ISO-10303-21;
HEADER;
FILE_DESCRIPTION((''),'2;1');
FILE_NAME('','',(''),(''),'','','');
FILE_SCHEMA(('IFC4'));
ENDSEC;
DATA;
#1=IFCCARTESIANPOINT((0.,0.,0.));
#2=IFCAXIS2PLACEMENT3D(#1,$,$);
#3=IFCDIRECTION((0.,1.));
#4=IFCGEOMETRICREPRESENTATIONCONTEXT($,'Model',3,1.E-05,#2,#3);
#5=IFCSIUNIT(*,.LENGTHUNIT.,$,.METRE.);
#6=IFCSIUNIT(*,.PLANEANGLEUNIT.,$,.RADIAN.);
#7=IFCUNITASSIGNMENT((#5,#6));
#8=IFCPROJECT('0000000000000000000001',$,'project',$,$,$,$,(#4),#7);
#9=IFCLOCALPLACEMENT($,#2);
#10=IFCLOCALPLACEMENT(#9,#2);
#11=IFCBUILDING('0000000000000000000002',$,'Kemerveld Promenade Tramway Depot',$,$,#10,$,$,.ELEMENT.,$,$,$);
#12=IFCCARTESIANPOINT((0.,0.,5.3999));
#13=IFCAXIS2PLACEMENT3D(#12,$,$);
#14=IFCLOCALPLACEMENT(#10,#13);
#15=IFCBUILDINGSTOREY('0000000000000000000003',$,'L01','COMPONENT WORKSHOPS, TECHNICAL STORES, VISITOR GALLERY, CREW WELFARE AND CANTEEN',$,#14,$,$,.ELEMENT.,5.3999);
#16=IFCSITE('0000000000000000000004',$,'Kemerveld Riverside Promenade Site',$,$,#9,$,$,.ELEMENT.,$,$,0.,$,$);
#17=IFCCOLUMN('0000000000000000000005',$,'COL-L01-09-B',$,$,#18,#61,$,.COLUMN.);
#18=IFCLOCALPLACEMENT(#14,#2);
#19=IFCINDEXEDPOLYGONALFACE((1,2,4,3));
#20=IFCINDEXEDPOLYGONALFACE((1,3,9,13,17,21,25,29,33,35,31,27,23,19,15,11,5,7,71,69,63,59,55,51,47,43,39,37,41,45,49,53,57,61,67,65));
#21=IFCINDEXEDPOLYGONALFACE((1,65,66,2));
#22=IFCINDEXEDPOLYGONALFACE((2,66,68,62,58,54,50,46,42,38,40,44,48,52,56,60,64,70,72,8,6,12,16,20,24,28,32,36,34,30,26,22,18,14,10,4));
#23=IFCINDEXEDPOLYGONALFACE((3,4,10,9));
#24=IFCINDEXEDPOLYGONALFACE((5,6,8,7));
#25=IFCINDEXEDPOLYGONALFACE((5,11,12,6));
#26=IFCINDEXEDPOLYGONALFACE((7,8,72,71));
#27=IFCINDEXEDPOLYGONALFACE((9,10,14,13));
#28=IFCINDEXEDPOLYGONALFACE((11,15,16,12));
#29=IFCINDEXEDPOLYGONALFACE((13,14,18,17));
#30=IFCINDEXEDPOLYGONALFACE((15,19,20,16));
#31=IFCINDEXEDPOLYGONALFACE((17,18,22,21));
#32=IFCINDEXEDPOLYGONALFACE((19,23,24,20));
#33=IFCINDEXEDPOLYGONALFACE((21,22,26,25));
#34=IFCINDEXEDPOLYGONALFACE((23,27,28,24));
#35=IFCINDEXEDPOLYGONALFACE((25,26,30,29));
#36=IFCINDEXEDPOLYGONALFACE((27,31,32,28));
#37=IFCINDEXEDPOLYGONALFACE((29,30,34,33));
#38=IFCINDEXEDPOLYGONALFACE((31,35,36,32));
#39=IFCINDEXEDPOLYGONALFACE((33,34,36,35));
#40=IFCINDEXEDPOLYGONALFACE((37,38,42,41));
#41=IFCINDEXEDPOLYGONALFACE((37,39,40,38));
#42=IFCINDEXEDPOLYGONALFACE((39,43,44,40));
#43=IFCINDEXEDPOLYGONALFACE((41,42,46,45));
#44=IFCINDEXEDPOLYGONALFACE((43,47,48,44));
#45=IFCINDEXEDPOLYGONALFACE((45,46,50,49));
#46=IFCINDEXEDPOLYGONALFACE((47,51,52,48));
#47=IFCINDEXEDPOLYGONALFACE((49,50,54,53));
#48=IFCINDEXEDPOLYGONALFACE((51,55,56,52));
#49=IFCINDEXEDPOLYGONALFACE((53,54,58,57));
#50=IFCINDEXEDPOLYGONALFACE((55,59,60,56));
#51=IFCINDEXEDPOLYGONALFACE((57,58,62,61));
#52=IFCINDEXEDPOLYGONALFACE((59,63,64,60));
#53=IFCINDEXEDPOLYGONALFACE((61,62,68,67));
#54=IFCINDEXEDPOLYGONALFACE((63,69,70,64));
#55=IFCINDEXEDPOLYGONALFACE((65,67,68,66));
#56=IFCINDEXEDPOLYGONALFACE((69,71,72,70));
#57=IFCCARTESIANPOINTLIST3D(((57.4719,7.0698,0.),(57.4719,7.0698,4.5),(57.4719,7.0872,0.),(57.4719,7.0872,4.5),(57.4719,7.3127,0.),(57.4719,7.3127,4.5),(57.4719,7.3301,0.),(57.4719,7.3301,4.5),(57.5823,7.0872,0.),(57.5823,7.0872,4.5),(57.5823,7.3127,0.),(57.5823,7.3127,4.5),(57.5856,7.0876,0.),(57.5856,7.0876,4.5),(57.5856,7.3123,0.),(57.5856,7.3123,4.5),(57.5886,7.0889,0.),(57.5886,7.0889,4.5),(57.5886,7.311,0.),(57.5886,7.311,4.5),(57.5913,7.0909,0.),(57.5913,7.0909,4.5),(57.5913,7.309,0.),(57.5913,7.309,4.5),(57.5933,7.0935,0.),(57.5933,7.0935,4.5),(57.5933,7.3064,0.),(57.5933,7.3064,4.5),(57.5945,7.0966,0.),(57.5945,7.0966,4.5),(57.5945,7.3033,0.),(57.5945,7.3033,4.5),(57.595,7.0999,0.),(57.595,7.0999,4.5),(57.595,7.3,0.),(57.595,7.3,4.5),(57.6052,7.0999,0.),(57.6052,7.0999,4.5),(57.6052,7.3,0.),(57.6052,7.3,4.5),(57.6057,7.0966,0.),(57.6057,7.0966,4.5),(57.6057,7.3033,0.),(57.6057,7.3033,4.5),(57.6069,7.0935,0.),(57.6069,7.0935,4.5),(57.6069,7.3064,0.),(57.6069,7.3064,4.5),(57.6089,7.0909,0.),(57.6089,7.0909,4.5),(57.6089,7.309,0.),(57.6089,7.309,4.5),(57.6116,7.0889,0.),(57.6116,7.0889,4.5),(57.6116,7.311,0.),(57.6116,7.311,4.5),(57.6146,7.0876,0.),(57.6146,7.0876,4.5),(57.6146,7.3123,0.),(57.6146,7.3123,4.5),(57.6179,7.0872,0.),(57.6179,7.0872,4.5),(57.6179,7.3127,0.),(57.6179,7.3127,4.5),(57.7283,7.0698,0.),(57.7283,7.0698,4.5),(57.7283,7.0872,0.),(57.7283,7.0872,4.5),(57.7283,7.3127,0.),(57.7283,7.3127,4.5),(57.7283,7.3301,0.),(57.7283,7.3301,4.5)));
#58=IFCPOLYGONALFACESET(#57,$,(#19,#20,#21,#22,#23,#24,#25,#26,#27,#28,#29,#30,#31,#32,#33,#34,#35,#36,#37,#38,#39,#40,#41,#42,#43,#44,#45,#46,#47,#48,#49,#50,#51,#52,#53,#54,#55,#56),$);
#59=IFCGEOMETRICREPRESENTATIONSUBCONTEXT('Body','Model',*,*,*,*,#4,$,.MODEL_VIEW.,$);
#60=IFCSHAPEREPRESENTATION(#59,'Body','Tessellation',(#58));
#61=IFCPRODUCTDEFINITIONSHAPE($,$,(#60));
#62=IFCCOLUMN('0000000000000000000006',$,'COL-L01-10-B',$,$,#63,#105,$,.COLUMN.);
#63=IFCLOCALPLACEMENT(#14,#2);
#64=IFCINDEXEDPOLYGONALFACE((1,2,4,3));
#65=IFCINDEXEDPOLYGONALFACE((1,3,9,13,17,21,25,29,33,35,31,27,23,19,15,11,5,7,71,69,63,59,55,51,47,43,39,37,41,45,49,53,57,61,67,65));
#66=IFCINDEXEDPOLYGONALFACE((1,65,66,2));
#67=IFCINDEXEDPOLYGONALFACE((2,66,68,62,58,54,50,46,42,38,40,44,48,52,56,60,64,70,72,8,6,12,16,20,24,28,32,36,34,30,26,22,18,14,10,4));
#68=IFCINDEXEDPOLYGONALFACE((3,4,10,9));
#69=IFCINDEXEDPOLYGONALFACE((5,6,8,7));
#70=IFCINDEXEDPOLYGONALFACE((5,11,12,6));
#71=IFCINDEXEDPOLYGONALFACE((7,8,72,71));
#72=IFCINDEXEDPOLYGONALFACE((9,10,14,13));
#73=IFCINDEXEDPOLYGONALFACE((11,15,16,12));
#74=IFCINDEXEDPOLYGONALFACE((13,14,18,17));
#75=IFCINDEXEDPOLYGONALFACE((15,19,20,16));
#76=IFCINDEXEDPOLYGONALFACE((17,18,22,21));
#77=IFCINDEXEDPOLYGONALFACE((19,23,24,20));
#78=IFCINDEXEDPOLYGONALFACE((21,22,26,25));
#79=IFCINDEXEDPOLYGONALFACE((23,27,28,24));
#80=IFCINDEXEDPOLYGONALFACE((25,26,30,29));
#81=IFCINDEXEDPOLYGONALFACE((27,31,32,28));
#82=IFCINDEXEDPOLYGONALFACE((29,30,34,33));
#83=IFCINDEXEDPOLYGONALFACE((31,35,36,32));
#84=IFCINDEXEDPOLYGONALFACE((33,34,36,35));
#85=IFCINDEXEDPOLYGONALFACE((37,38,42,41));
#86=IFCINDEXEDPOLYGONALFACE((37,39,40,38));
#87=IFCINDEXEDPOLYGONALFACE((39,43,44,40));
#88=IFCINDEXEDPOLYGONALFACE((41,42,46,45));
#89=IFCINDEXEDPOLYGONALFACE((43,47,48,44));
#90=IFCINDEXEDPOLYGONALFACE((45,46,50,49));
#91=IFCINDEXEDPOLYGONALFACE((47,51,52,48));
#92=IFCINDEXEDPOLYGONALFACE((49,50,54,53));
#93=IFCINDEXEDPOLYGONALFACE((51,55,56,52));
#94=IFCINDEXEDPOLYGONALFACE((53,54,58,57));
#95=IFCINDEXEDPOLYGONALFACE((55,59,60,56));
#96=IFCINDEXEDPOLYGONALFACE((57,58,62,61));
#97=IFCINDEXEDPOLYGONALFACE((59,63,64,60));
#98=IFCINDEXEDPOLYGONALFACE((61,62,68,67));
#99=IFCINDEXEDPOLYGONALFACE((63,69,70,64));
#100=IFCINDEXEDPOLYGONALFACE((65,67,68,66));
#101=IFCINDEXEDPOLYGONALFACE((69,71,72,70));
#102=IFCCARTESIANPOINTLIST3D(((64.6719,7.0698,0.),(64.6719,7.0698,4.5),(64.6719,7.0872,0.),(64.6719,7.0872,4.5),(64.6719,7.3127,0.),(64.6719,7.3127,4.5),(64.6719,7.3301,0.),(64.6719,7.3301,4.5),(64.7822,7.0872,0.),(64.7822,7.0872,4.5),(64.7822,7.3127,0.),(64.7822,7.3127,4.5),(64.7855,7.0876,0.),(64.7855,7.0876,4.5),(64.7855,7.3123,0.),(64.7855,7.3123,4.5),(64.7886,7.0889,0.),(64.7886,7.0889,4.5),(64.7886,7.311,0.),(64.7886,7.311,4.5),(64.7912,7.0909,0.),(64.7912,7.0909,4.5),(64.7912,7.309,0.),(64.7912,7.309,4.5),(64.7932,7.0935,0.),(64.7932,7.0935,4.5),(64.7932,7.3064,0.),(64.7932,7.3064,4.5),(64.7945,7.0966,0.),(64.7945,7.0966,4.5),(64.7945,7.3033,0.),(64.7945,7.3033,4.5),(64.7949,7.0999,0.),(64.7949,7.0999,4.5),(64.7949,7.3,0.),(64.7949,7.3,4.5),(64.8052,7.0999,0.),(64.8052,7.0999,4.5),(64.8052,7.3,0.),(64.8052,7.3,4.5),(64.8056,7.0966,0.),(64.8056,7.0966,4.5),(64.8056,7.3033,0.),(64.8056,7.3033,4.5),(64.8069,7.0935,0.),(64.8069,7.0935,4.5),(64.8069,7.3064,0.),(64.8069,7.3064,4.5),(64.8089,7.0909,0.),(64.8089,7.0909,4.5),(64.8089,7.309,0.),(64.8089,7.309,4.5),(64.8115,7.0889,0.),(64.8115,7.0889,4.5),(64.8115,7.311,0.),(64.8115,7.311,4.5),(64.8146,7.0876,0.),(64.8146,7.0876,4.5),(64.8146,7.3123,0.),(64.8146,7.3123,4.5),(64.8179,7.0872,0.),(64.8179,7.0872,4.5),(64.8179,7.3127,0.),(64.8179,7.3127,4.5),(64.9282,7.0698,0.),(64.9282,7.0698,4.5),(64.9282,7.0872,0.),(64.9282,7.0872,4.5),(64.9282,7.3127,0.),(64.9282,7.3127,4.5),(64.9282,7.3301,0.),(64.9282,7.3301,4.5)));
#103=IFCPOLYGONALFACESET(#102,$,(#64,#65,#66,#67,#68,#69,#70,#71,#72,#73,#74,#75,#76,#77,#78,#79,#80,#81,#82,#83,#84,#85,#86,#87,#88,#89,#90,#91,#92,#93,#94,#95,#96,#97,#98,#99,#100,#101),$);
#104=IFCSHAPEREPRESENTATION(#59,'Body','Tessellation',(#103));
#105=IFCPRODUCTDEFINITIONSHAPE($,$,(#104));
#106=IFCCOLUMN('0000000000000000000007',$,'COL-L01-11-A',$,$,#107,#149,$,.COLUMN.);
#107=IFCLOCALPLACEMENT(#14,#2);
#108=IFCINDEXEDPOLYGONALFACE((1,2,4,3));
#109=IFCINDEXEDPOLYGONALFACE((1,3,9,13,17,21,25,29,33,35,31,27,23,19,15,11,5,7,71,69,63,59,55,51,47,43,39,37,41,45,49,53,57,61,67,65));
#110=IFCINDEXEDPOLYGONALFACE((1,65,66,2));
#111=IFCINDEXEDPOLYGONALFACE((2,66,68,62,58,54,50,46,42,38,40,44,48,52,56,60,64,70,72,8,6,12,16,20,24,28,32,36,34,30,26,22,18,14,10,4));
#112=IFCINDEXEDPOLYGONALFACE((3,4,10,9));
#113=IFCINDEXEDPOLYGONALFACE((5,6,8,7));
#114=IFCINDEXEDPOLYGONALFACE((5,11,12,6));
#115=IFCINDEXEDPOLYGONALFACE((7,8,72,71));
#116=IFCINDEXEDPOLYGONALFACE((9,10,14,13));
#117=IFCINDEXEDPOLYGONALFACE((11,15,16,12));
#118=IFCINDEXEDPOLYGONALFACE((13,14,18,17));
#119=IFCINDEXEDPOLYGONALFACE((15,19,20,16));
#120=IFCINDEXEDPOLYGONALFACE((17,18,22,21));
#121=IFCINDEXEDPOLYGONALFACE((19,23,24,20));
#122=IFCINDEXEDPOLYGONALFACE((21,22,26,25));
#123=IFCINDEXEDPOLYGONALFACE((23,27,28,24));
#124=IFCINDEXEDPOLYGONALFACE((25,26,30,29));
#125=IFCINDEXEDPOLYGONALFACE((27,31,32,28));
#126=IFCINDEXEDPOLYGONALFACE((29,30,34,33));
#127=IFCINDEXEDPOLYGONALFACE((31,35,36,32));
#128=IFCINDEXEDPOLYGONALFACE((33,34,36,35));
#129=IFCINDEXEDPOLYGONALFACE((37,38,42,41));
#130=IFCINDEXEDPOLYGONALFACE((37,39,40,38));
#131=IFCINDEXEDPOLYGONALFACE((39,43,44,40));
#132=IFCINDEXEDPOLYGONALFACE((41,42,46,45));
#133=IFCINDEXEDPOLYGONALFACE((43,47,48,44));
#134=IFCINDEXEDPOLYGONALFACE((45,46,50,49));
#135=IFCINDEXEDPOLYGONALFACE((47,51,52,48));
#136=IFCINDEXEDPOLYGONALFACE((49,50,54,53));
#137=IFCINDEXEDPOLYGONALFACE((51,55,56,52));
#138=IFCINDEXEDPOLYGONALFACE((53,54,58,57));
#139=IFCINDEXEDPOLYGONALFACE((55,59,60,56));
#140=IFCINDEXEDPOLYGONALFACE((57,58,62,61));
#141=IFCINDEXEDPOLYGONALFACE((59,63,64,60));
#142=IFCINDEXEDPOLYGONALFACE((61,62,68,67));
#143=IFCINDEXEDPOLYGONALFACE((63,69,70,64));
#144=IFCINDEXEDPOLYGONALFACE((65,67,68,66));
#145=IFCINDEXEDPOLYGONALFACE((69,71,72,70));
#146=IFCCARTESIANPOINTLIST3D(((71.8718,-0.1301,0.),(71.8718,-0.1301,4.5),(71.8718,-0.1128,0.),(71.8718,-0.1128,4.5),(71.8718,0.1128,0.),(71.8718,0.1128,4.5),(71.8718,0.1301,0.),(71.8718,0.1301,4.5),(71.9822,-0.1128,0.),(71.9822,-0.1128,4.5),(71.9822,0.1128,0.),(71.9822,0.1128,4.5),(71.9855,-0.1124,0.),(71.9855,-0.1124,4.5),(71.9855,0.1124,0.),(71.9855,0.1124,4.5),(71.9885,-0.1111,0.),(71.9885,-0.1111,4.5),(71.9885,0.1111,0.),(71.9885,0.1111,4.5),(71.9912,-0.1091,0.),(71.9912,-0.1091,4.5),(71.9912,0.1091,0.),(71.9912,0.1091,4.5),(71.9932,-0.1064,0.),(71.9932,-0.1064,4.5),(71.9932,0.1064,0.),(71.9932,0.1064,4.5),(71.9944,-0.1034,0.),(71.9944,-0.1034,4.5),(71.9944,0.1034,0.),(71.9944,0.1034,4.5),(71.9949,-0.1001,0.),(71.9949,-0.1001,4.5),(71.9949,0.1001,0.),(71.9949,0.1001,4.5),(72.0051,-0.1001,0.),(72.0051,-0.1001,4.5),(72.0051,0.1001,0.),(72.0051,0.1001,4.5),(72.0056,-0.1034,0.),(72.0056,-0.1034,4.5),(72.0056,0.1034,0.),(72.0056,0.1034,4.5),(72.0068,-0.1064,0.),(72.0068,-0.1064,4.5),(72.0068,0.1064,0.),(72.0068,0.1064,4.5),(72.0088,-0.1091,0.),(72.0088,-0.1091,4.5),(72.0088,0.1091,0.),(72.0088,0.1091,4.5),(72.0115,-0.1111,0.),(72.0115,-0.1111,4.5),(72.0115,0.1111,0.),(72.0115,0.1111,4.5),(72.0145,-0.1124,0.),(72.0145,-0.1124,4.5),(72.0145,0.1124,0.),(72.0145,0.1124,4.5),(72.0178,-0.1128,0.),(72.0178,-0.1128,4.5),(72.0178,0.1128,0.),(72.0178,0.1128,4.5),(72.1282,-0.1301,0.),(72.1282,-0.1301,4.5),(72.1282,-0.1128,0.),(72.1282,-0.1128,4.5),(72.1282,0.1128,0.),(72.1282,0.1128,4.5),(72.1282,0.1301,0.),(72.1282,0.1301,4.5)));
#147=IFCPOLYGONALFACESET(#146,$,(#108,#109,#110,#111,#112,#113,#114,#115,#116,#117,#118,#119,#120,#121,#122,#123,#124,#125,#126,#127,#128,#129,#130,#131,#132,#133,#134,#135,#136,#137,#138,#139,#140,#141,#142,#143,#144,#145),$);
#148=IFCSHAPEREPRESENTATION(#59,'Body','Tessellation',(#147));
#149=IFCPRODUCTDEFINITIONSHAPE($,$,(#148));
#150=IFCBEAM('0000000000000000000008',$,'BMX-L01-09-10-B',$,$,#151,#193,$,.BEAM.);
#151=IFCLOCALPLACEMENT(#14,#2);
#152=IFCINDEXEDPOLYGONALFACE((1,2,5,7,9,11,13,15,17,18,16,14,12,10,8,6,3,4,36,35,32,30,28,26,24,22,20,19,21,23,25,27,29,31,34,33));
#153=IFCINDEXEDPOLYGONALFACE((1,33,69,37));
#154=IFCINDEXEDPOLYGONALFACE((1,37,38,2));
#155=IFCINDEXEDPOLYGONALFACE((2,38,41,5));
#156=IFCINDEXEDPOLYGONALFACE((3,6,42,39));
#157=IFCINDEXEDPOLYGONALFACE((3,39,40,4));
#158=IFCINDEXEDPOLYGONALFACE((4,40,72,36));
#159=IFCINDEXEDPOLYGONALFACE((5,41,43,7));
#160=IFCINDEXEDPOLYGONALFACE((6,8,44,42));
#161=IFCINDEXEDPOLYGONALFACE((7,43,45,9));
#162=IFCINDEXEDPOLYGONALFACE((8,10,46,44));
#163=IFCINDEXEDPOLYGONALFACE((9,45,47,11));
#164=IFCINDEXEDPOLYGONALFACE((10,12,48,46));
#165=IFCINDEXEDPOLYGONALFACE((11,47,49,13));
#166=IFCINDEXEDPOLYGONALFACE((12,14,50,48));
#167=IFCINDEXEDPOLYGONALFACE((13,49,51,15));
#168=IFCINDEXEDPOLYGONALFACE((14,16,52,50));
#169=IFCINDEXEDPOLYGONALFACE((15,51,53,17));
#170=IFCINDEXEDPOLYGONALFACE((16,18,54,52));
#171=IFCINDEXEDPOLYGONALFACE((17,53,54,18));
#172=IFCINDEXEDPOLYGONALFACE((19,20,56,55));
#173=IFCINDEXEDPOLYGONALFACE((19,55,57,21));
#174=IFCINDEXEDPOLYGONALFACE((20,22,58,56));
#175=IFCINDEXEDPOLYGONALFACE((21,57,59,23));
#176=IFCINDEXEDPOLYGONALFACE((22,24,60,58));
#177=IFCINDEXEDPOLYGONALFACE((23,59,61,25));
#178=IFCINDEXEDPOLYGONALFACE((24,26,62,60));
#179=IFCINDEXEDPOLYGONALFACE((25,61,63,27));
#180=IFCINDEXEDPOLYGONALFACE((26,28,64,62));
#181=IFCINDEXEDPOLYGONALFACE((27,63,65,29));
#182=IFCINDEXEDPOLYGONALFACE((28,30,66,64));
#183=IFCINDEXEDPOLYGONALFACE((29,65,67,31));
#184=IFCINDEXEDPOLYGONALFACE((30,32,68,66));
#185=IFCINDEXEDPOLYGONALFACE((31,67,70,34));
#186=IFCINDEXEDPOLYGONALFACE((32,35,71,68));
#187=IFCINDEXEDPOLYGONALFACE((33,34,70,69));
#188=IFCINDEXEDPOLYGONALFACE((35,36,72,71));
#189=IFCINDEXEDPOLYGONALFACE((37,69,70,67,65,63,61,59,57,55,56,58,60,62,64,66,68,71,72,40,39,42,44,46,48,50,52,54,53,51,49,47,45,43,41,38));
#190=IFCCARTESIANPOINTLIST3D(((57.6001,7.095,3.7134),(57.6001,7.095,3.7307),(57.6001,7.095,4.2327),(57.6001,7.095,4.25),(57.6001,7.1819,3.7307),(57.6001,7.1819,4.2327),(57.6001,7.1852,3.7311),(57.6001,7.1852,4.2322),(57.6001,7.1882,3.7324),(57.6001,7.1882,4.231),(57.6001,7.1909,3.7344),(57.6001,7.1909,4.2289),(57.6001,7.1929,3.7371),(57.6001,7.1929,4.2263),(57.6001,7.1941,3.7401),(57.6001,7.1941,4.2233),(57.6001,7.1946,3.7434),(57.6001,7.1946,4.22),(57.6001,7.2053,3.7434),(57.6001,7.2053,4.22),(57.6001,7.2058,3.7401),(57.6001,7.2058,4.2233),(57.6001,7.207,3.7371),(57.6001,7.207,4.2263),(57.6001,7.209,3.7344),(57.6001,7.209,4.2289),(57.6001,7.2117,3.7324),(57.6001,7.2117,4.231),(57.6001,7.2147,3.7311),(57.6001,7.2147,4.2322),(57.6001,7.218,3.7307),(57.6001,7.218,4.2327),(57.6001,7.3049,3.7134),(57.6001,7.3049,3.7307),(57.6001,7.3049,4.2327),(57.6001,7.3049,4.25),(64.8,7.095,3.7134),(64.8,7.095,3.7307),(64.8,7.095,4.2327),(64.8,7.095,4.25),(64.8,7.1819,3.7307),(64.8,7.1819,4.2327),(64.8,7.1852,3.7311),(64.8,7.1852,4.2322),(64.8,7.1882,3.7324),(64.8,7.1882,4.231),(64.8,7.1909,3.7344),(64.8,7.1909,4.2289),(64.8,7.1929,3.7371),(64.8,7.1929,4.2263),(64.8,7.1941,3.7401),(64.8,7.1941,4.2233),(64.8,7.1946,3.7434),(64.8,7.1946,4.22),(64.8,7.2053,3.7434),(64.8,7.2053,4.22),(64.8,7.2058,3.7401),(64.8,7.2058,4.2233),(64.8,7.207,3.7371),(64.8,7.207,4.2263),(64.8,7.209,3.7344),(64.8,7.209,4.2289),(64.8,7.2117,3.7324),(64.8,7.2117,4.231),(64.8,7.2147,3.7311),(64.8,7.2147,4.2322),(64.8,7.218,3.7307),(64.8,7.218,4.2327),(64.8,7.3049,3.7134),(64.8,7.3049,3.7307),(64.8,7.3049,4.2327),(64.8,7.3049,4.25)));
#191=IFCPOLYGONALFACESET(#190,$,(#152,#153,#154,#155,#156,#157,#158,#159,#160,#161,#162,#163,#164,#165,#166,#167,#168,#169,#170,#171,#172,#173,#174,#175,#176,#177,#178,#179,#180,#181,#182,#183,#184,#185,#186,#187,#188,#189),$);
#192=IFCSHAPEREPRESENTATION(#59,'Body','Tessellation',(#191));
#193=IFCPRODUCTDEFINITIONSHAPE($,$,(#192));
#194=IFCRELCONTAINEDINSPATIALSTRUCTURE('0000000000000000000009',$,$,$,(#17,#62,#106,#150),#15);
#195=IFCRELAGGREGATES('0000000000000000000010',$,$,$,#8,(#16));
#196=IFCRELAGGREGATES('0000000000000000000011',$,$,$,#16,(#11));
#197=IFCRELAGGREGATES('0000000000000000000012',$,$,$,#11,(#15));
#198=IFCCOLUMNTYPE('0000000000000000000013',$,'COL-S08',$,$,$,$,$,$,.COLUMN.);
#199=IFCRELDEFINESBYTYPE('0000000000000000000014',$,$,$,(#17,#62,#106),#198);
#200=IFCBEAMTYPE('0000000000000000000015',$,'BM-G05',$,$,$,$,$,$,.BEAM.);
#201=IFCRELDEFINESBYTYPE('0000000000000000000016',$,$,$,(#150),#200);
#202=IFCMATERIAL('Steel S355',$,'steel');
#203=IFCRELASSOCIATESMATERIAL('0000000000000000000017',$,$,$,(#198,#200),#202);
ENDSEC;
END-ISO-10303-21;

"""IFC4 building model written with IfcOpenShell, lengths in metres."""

from ifc_helpers import new_model, si_unit, direction, frame, origin, origin_2d, place, context, subcontext, project, spatial, i_section, extrude, material, material_profile, profile_set, type_object, element, save


model = new_model("IFC4")

# Units and contexts
model_context = context("Model", 3, precision=1e-05, world=origin(), true_north=direction((0.0, 1.0)))
body_context = subcontext(model_context, "Body", "Model", "MODEL_VIEW")
ifc_project = project(units=[si_unit("LENGTHUNIT", "METRE"), si_unit("PLANEANGLEUNIT", "RADIAN")], contexts=[model_context])

# Site, building, storey
site_placement = place(None, origin())
site = spatial("IfcSite", under=ifc_project, at=site_placement, Name="Kemerveld Riverside Promenade Site", CompositionType="ELEMENT", RefElevation=0.0)
building_placement = place(site_placement, origin())
building = spatial("IfcBuilding", under=site, at=building_placement, Name="Kemerveld Promenade Tramway Depot", CompositionType="ELEMENT")
storey_placement = place(building_placement, frame((0.0, 0.0, 5.3999)))
storey = spatial("IfcBuildingStorey", under=building, at=storey_placement, Name="L01", Description="COMPONENT WORKSHOPS, TECHNICAL STORES, VISITOR GALLERY, CREW WELFARE AND CANTEEN", CompositionType="ELEMENT", Elevation=5.3999)

# Columns
ifc_material_1 = material(Name="Steel S355", Category="steel")
ifc_material_profile_1 = material_profile(ifc_material_1, i_section(OverallWidth=0.2563, OverallDepth=0.2603, WebThickness=0.0103, FlangeThickness=0.0173, FilletRadius=0.0127, at=origin_2d()), Name="254x254x89 UC")
ifc_profile_set_1 = profile_set([ifc_material_profile_1], Name="Steel S355")
column_type = type_object("IfcColumnType", Name="COL-S08", PredefinedType="COLUMN", material=ifc_profile_set_1)
for number, where, z_axis, x_axis, name in (
    (1, (57.6001, 7.2, 0.0), (0.0, 0.0, 1.0), (1.0, 0.0, 0.0), "COL-L01-09-B"),
    (2, (64.8, 7.2, 0.0), (0.0, 0.0, 1.0), (1.0, 0.0, 0.0), "COL-L01-10-B"),
    (3, (72.0, 0.0, 0.0), (0.0, 0.0, 1.0), (1.0, 0.0, 0.0), "COL-L01-11-A"),
):
    element("IfcColumn", number, at=place(storey_placement, frame(where, z_axis=z_axis, x_axis=x_axis)), inside=storey, type_object=column_type, Name=name, PredefinedType="COLUMN", context=body_context, shape_type="SweptSolid", body=[
        extrude(i_section(OverallWidth=0.2563, OverallDepth=0.2603, WebThickness=0.0103, FlangeThickness=0.0173, FilletRadius=0.0127, at=origin_2d()), origin(), (0.0, 0.0, 1.0), 4.5),
    ])

# Beam
ifc_material_profile_2 = material_profile(ifc_material_1, i_section(OverallWidth=0.21, OverallDepth=0.5366, WebThickness=0.0107, FlangeThickness=0.0173, FilletRadius=0.0127, at=origin_2d()), Name="533x210x101 UB")
ifc_profile_set_2 = profile_set([ifc_material_profile_2], Name="Steel S355")
beam_type_1 = type_object("IfcBeamType", Name="BM-G05", PredefinedType="BEAM", material=ifc_profile_set_2)
for number, where, z_axis, x_axis, name in (
    (4, (57.6001, 7.2, 3.9817), (1.0, 0.0, 0.0), (0.0, 1.0, 0.0), "BMX-L01-09-10-B"),
):
    element("IfcBeam", number, at=place(storey_placement, frame(where, z_axis=z_axis, x_axis=x_axis)), inside=storey, type_object=beam_type_1, Name=name, PredefinedType="BEAM", context=body_context, shape_type="SweptSolid", body=[
        extrude(i_section(OverallWidth=0.21, OverallDepth=0.5366, WebThickness=0.0107, FlangeThickness=0.0173, FilletRadius=0.0127, at=origin_2d()), origin(), (0.0, 0.0, 1.0), 7.2),
    ])

save(model, "model.ifc")
